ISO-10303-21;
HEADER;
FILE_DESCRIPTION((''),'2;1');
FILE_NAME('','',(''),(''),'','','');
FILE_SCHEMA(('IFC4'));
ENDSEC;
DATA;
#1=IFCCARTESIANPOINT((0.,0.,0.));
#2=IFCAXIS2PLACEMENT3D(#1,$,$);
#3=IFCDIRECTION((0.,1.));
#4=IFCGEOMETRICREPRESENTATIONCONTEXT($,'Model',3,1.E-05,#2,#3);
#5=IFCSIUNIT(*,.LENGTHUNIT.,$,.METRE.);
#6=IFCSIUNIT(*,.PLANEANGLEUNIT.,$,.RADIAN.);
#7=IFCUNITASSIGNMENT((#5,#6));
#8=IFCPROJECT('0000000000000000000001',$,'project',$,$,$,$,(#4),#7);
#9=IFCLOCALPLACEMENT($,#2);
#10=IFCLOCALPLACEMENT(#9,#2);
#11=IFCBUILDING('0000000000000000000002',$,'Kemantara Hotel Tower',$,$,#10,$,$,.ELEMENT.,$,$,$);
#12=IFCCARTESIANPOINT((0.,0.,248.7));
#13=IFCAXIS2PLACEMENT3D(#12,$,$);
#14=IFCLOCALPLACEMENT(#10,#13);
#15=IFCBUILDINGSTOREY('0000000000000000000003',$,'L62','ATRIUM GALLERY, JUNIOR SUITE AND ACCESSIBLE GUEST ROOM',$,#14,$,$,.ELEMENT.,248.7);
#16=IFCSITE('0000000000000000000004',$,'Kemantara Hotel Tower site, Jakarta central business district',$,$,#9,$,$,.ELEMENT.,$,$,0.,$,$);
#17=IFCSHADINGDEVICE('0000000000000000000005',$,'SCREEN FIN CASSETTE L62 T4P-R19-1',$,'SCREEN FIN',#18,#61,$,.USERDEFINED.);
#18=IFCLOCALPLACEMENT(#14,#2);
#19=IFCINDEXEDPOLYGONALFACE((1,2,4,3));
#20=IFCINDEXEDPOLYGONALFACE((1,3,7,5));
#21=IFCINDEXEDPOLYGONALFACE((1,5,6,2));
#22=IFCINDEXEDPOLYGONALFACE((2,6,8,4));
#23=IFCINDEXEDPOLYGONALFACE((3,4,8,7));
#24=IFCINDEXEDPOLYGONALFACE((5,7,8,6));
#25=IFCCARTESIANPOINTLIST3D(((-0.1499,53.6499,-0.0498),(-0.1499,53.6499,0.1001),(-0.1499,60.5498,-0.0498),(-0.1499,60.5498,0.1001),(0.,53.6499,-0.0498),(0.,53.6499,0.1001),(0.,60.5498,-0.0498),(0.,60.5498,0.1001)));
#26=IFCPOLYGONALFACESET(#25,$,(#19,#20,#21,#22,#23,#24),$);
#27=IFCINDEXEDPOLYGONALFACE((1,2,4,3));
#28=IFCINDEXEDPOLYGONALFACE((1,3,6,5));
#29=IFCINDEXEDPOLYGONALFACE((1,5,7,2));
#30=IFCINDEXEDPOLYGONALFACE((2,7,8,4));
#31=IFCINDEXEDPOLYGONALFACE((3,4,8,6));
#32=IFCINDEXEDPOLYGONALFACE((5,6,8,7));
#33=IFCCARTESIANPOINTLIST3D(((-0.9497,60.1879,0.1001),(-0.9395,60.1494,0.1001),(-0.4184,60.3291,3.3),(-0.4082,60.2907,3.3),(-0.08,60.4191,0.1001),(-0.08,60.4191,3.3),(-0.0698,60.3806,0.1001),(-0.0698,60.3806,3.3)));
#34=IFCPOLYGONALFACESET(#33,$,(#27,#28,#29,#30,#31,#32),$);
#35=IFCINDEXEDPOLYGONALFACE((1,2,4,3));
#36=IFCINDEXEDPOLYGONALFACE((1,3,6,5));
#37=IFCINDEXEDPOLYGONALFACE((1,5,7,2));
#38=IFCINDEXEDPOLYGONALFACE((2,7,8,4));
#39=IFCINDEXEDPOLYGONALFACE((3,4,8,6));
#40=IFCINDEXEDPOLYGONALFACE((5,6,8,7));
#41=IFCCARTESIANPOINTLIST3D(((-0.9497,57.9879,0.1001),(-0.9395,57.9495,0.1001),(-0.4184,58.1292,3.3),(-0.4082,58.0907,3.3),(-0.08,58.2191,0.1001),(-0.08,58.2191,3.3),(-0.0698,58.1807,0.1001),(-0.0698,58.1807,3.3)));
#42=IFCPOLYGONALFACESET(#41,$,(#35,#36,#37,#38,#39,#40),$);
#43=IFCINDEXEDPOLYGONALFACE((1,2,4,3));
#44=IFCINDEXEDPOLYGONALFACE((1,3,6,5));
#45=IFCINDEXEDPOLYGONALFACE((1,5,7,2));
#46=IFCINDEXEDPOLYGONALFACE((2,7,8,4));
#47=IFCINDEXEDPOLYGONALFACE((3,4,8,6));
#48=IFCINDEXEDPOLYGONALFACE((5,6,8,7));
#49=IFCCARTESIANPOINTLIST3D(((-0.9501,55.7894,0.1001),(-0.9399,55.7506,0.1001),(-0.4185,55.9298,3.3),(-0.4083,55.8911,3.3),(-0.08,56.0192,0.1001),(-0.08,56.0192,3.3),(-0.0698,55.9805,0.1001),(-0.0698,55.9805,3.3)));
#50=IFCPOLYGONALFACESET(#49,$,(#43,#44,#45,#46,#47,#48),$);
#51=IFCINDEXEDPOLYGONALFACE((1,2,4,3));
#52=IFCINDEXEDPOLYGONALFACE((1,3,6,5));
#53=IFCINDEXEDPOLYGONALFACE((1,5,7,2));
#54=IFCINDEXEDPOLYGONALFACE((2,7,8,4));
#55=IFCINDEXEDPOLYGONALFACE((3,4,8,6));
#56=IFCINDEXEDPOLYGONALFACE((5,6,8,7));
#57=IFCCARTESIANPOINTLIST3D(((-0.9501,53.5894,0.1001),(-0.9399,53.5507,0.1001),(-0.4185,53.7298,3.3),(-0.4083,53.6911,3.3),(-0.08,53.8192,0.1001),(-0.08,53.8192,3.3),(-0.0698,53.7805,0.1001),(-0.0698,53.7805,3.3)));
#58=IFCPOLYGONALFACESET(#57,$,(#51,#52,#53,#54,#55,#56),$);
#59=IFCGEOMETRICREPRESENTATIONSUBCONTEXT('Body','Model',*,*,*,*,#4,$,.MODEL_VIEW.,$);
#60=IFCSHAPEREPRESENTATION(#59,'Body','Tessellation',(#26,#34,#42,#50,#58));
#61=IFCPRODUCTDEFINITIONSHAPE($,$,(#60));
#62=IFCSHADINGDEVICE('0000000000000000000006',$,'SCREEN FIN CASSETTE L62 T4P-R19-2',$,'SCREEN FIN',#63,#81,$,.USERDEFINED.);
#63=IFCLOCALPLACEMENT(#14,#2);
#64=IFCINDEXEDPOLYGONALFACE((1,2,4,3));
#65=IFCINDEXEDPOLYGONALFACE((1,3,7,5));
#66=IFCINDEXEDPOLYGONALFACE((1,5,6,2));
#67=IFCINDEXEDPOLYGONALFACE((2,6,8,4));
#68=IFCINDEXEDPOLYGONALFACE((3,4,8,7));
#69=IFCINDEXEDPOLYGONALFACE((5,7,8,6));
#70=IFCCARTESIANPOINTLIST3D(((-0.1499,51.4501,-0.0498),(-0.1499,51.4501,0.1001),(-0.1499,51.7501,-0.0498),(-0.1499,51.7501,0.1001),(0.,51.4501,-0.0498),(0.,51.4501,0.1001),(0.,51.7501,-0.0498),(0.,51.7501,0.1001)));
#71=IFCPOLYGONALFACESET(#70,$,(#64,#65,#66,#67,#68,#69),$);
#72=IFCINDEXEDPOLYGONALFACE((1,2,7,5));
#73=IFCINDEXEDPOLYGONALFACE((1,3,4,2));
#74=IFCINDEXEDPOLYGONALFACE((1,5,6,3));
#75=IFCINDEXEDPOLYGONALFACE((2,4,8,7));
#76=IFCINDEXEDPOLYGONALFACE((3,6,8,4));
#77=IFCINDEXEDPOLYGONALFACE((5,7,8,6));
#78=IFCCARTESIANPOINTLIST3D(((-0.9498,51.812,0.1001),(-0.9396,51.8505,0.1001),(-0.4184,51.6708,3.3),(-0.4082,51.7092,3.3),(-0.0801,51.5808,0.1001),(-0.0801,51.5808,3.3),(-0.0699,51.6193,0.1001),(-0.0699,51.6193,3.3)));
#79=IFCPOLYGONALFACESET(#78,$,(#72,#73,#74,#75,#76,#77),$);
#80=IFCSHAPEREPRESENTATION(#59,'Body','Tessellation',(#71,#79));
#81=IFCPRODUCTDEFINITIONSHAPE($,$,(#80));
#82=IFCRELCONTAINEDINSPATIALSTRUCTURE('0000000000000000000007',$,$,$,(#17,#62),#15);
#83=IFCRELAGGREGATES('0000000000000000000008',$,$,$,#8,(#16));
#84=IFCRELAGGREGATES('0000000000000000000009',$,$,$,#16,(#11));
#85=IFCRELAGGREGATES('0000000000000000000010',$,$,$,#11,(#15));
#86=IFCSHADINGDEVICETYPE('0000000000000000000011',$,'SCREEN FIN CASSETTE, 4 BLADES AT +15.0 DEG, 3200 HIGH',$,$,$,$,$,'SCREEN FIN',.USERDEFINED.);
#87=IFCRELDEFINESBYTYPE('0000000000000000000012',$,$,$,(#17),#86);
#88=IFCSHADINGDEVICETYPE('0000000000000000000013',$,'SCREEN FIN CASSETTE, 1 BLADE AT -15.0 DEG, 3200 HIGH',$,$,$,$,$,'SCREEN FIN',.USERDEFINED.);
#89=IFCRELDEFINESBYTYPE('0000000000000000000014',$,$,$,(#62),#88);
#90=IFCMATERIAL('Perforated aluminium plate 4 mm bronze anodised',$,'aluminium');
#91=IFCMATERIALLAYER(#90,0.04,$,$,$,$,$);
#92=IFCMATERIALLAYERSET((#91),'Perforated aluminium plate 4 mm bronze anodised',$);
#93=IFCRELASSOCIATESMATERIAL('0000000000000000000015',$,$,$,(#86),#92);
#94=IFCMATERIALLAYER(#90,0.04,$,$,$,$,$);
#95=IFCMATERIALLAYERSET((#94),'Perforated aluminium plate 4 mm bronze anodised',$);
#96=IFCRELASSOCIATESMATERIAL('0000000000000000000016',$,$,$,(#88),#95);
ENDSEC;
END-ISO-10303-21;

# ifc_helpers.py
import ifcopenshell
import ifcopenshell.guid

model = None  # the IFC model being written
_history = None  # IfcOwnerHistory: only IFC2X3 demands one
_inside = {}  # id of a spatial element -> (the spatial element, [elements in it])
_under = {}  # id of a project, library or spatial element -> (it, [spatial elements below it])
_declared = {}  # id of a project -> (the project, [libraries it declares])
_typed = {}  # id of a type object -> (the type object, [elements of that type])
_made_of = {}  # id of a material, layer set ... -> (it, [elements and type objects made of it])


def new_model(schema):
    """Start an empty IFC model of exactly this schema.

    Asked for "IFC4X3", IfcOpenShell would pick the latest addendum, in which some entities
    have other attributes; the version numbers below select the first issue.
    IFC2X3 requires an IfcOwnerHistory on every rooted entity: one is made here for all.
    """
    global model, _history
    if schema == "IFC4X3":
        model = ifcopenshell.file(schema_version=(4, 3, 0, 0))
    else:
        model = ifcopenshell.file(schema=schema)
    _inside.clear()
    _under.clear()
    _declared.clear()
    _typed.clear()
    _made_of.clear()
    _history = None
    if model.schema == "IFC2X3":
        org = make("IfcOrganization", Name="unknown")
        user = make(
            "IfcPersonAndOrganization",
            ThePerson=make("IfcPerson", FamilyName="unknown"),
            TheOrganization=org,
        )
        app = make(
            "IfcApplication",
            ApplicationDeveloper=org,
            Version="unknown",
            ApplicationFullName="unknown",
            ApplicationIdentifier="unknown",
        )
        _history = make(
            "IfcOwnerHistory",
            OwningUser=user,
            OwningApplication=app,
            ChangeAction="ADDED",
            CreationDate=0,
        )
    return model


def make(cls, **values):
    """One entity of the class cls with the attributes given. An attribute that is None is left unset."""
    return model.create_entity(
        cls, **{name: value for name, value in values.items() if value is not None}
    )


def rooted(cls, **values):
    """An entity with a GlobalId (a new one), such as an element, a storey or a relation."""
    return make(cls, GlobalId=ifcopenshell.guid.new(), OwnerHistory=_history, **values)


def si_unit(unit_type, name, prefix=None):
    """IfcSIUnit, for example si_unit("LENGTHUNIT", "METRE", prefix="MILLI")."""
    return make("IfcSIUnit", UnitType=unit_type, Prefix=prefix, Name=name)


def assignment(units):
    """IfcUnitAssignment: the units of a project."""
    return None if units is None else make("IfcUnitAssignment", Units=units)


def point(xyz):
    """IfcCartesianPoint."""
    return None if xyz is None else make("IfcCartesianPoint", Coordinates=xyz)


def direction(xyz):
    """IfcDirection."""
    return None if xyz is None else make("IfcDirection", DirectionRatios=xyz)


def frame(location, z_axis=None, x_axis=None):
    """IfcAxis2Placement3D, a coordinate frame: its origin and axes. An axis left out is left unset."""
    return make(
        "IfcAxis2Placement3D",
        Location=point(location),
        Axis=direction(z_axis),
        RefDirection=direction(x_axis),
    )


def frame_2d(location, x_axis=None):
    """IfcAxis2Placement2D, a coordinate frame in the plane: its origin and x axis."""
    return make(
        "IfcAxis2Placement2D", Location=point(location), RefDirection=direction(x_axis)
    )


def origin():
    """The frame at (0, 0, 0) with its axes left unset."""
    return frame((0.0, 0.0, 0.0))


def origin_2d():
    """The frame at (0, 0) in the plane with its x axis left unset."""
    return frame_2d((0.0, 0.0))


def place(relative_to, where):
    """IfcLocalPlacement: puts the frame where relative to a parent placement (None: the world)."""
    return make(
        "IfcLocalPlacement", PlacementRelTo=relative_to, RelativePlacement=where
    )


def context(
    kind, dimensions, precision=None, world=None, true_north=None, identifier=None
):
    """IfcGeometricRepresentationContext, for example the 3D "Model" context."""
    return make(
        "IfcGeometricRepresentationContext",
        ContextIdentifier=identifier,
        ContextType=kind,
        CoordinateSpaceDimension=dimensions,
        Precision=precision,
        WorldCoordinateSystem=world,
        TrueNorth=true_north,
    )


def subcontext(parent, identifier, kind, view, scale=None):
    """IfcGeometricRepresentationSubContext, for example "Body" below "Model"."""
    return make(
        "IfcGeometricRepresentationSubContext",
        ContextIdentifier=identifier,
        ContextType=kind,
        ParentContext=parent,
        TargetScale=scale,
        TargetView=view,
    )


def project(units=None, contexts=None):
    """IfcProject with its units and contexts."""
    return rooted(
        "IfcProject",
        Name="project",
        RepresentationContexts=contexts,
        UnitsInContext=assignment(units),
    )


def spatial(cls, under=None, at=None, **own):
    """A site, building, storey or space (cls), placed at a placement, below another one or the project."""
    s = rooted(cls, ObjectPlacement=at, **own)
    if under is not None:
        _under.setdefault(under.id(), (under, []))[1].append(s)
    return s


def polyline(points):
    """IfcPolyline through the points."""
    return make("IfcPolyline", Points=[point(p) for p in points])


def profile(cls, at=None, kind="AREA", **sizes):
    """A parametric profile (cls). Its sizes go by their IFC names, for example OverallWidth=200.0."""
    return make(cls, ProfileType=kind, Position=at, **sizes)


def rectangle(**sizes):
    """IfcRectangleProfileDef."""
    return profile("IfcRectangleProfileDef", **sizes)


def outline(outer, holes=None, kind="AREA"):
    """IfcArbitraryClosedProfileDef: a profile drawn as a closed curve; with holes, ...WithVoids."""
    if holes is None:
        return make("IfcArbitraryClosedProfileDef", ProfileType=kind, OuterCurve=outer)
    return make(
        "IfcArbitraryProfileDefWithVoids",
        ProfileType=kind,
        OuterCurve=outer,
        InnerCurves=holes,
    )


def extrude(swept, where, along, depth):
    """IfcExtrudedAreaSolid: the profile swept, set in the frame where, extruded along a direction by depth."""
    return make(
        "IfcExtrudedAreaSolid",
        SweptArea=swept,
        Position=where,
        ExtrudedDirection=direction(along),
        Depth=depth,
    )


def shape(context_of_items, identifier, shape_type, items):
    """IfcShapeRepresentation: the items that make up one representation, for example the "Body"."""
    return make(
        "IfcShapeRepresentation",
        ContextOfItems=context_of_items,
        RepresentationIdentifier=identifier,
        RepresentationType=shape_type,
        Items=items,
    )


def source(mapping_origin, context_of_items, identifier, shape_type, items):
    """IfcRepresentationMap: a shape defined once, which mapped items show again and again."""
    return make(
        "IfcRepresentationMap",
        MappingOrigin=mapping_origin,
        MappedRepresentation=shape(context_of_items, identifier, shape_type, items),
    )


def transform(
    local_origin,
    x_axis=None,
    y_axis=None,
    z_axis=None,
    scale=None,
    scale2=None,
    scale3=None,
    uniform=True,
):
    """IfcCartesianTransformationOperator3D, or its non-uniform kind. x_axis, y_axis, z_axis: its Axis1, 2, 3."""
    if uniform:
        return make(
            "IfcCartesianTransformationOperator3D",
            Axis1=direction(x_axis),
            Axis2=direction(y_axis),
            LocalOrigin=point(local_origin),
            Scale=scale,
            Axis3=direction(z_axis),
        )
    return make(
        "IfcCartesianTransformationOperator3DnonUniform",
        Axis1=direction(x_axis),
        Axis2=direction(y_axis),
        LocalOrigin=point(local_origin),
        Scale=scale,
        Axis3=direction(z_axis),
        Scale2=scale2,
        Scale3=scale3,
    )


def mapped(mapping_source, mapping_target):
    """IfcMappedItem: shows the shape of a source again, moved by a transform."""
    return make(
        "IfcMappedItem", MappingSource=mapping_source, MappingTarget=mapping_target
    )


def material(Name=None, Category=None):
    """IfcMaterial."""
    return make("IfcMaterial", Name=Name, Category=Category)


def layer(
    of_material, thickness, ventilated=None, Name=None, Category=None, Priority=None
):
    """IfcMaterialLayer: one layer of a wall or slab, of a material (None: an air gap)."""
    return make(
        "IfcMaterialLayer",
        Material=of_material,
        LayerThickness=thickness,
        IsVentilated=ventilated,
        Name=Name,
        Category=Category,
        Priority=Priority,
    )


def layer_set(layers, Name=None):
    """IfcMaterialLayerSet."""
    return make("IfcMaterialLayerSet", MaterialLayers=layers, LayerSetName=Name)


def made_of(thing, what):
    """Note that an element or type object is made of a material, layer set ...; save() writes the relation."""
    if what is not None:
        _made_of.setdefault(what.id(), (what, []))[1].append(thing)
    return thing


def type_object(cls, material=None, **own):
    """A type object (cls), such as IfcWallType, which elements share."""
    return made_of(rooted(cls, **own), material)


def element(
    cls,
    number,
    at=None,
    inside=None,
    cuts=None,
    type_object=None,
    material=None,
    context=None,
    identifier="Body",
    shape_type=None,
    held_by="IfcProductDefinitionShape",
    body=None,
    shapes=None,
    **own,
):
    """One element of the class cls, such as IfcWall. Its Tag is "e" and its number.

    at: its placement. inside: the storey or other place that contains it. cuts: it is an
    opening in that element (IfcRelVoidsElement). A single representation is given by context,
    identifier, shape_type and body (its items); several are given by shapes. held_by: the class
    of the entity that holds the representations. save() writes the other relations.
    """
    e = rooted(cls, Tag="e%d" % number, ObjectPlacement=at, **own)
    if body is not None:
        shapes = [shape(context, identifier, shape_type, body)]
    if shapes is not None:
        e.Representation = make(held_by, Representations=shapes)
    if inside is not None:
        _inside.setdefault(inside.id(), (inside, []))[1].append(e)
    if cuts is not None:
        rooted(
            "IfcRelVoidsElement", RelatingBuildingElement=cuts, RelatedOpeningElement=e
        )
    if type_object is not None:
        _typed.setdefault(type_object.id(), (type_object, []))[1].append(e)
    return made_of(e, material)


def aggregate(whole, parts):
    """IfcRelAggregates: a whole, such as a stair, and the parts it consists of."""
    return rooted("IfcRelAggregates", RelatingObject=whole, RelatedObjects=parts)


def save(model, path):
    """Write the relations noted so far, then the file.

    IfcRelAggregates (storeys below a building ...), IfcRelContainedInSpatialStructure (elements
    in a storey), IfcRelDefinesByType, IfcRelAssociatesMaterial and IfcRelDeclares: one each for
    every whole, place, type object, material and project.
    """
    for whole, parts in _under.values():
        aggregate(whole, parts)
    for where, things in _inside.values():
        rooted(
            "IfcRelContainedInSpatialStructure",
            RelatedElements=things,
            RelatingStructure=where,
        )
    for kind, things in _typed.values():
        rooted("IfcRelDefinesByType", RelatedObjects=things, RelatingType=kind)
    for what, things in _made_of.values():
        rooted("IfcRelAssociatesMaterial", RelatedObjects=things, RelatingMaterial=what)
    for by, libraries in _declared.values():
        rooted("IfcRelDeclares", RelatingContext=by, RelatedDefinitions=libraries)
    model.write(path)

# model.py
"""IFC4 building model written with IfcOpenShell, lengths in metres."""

from ifc_helpers import new_model, si_unit, direction, frame, origin, origin_2d, place, context, subcontext, project, spatial, polyline, rectangle, outline, extrude, source, transform, mapped, material, layer, layer_set, type_object, element, save


model = new_model("IFC4")

# Units and contexts
model_context = context("Model", 3, precision=1e-05, world=origin(), true_north=direction((0.0, 1.0)))
body_context = subcontext(model_context, "Body", "Model", "MODEL_VIEW")
ifc_project = project(units=[si_unit("LENGTHUNIT", "METRE"), si_unit("PLANEANGLEUNIT", "RADIAN")], contexts=[model_context])

# Site, building, storey
site_placement = place(None, origin())
site = spatial("IfcSite", under=ifc_project, at=site_placement, Name="Kemantara Hotel Tower site, Jakarta central business district", CompositionType="ELEMENT", RefElevation=0.0)
building_placement = place(site_placement, origin())
building = spatial("IfcBuilding", under=site, at=building_placement, Name="Kemantara Hotel Tower", CompositionType="ELEMENT")
storey_placement = place(building_placement, frame((0.0, 0.0, 248.7)))
storey = spatial("IfcBuildingStorey", under=building, at=storey_placement, Name="L62", Description="ATRIUM GALLERY, JUNIOR SUITE AND ACCESSIBLE GUEST ROOM", CompositionType="ELEMENT", Elevation=248.7)

# Shading devices
ifc_material_1 = material(Name="Perforated aluminium plate 4 mm bronze anodised", Category="aluminium")
ifc_layer_1 = layer(ifc_material_1, 0.04)
ifc_layer_set_1 = layer_set([ifc_layer_1], Name="Perforated aluminium plate 4 mm bronze anodised")
shading_device_type_1 = type_object("IfcShadingDeviceType", Name="SCREEN FIN CASSETTE, 4 BLADES AT +15.0 DEG, 3200 HIGH", ElementType="SCREEN FIN", PredefinedType="USERDEFINED", material=ifc_layer_set_1)
shared_shape_1 = source(origin(), body_context, "Body", "SweptSolid", [
    extrude(rectangle(XDim=6.8999, YDim=0.1499, at=origin_2d()), frame((3.3, -0.075, -0.1499), z_axis=(0.0, 0.0, 1.0), x_axis=(1.0, 0.0, 0.0)), (0.0, 0.0, 1.0), 0.1499),
    extrude(outline(polyline([(0.0, 0.0), (0.8999, 0.0), (0.3501, 3.2), (0.0, 3.2), (0.0, 0.0)])), frame((0.0193, -0.0698, 0.0), z_axis=(-0.966438, -0.256901, 0.0), x_axis=(0.256901, -0.966438, 0.0)), (0.0, 0.0, 1.0), 0.0398),
    extrude(outline(polyline([(0.0, 0.0), (0.8999, 0.0), (0.3501, 3.2), (0.0, 3.2), (0.0, 0.0)])), frame((2.2192, -0.0698, 0.0), z_axis=(-0.966438, -0.256901, 0.0), x_axis=(0.256901, -0.966438, 0.0)), (0.0, 0.0, 1.0), 0.0398),
    extrude(outline(polyline([(0.0, 0.0), (0.8999, 0.0), (0.3501, 3.2), (0.0, 3.2), (0.0, 0.0)])), frame((4.4194, -0.0698, 0.0), z_axis=(-0.966838, -0.255391, 0.0), x_axis=(0.255391, -0.966838, 0.0)), (0.0, 0.0, 1.0), 0.04),
    extrude(outline(polyline([(0.0, 0.0), (0.8999, 0.0), (0.3501, 3.2), (0.0, 3.2), (0.0, 0.0)])), frame((6.6194, -0.0698, 0.0), z_axis=(-0.966838, -0.255391, 0.0), x_axis=(0.255391, -0.966838, 0.0)), (0.0, 0.0, 1.0), 0.04),
])
shading_device_1_placement = place(storey_placement, frame((0.0, 60.3999, 0.1001), z_axis=(0.0, 0.0, 1.0), x_axis=(0.0, -1.0, 0.0)))
element("IfcShadingDevice", 1, at=shading_device_1_placement, inside=storey, type_object=shading_device_type_1, Name="SCREEN FIN CASSETTE L62 T4P-R19-1", ObjectType="SCREEN FIN", PredefinedType="USERDEFINED", context=body_context, shape_type="MappedRepresentation", body=[
    mapped(shared_shape_1, transform((0.0, 0.0, 0.0))),
])
ifc_layer_2 = layer(ifc_material_1, 0.04)
ifc_layer_set_2 = layer_set([ifc_layer_2], Name="Perforated aluminium plate 4 mm bronze anodised")
shading_device_type_2 = type_object("IfcShadingDeviceType", Name="SCREEN FIN CASSETTE, 1 BLADE AT -15.0 DEG, 3200 HIGH", ElementType="SCREEN FIN", PredefinedType="USERDEFINED", material=ifc_layer_set_2)
shared_shape_2 = source(origin(), body_context, "Body", "SweptSolid", [
    extrude(rectangle(XDim=0.3, YDim=0.1499, at=origin_2d()), frame((0.0, -0.075, -0.1499), z_axis=(0.0, 0.0, 1.0), x_axis=(1.0, 0.0, 0.0)), (0.0, 0.0, 1.0), 0.1499),
    extrude(outline(polyline([(0.0, 0.0), (0.8999, 0.0), (0.3501, 3.2), (0.0, 3.2), (0.0, 0.0)])), frame((0.0193, -0.0801, 0.0), z_axis=(-0.966438, 0.256901, 0.0), x_axis=(-0.256901, -0.966438, 0.0)), (0.0, 0.0, 1.0), 0.0398),
])
shading_device_2_placement = place(storey_placement, frame((0.0, 51.6001, 0.1001), z_axis=(0.0, 0.0, 1.0), x_axis=(0.0, -1.0, 0.0)))
element("IfcShadingDevice", 2, at=shading_device_2_placement, inside=storey, type_object=shading_device_type_2, Name="SCREEN FIN CASSETTE L62 T4P-R19-2", ObjectType="SCREEN FIN", PredefinedType="USERDEFINED", context=body_context, shape_type="MappedRepresentation", body=[
    mapped(shared_shape_2, transform((0.0, 0.0, 0.0))),
])

save(model, "model.ifc")
